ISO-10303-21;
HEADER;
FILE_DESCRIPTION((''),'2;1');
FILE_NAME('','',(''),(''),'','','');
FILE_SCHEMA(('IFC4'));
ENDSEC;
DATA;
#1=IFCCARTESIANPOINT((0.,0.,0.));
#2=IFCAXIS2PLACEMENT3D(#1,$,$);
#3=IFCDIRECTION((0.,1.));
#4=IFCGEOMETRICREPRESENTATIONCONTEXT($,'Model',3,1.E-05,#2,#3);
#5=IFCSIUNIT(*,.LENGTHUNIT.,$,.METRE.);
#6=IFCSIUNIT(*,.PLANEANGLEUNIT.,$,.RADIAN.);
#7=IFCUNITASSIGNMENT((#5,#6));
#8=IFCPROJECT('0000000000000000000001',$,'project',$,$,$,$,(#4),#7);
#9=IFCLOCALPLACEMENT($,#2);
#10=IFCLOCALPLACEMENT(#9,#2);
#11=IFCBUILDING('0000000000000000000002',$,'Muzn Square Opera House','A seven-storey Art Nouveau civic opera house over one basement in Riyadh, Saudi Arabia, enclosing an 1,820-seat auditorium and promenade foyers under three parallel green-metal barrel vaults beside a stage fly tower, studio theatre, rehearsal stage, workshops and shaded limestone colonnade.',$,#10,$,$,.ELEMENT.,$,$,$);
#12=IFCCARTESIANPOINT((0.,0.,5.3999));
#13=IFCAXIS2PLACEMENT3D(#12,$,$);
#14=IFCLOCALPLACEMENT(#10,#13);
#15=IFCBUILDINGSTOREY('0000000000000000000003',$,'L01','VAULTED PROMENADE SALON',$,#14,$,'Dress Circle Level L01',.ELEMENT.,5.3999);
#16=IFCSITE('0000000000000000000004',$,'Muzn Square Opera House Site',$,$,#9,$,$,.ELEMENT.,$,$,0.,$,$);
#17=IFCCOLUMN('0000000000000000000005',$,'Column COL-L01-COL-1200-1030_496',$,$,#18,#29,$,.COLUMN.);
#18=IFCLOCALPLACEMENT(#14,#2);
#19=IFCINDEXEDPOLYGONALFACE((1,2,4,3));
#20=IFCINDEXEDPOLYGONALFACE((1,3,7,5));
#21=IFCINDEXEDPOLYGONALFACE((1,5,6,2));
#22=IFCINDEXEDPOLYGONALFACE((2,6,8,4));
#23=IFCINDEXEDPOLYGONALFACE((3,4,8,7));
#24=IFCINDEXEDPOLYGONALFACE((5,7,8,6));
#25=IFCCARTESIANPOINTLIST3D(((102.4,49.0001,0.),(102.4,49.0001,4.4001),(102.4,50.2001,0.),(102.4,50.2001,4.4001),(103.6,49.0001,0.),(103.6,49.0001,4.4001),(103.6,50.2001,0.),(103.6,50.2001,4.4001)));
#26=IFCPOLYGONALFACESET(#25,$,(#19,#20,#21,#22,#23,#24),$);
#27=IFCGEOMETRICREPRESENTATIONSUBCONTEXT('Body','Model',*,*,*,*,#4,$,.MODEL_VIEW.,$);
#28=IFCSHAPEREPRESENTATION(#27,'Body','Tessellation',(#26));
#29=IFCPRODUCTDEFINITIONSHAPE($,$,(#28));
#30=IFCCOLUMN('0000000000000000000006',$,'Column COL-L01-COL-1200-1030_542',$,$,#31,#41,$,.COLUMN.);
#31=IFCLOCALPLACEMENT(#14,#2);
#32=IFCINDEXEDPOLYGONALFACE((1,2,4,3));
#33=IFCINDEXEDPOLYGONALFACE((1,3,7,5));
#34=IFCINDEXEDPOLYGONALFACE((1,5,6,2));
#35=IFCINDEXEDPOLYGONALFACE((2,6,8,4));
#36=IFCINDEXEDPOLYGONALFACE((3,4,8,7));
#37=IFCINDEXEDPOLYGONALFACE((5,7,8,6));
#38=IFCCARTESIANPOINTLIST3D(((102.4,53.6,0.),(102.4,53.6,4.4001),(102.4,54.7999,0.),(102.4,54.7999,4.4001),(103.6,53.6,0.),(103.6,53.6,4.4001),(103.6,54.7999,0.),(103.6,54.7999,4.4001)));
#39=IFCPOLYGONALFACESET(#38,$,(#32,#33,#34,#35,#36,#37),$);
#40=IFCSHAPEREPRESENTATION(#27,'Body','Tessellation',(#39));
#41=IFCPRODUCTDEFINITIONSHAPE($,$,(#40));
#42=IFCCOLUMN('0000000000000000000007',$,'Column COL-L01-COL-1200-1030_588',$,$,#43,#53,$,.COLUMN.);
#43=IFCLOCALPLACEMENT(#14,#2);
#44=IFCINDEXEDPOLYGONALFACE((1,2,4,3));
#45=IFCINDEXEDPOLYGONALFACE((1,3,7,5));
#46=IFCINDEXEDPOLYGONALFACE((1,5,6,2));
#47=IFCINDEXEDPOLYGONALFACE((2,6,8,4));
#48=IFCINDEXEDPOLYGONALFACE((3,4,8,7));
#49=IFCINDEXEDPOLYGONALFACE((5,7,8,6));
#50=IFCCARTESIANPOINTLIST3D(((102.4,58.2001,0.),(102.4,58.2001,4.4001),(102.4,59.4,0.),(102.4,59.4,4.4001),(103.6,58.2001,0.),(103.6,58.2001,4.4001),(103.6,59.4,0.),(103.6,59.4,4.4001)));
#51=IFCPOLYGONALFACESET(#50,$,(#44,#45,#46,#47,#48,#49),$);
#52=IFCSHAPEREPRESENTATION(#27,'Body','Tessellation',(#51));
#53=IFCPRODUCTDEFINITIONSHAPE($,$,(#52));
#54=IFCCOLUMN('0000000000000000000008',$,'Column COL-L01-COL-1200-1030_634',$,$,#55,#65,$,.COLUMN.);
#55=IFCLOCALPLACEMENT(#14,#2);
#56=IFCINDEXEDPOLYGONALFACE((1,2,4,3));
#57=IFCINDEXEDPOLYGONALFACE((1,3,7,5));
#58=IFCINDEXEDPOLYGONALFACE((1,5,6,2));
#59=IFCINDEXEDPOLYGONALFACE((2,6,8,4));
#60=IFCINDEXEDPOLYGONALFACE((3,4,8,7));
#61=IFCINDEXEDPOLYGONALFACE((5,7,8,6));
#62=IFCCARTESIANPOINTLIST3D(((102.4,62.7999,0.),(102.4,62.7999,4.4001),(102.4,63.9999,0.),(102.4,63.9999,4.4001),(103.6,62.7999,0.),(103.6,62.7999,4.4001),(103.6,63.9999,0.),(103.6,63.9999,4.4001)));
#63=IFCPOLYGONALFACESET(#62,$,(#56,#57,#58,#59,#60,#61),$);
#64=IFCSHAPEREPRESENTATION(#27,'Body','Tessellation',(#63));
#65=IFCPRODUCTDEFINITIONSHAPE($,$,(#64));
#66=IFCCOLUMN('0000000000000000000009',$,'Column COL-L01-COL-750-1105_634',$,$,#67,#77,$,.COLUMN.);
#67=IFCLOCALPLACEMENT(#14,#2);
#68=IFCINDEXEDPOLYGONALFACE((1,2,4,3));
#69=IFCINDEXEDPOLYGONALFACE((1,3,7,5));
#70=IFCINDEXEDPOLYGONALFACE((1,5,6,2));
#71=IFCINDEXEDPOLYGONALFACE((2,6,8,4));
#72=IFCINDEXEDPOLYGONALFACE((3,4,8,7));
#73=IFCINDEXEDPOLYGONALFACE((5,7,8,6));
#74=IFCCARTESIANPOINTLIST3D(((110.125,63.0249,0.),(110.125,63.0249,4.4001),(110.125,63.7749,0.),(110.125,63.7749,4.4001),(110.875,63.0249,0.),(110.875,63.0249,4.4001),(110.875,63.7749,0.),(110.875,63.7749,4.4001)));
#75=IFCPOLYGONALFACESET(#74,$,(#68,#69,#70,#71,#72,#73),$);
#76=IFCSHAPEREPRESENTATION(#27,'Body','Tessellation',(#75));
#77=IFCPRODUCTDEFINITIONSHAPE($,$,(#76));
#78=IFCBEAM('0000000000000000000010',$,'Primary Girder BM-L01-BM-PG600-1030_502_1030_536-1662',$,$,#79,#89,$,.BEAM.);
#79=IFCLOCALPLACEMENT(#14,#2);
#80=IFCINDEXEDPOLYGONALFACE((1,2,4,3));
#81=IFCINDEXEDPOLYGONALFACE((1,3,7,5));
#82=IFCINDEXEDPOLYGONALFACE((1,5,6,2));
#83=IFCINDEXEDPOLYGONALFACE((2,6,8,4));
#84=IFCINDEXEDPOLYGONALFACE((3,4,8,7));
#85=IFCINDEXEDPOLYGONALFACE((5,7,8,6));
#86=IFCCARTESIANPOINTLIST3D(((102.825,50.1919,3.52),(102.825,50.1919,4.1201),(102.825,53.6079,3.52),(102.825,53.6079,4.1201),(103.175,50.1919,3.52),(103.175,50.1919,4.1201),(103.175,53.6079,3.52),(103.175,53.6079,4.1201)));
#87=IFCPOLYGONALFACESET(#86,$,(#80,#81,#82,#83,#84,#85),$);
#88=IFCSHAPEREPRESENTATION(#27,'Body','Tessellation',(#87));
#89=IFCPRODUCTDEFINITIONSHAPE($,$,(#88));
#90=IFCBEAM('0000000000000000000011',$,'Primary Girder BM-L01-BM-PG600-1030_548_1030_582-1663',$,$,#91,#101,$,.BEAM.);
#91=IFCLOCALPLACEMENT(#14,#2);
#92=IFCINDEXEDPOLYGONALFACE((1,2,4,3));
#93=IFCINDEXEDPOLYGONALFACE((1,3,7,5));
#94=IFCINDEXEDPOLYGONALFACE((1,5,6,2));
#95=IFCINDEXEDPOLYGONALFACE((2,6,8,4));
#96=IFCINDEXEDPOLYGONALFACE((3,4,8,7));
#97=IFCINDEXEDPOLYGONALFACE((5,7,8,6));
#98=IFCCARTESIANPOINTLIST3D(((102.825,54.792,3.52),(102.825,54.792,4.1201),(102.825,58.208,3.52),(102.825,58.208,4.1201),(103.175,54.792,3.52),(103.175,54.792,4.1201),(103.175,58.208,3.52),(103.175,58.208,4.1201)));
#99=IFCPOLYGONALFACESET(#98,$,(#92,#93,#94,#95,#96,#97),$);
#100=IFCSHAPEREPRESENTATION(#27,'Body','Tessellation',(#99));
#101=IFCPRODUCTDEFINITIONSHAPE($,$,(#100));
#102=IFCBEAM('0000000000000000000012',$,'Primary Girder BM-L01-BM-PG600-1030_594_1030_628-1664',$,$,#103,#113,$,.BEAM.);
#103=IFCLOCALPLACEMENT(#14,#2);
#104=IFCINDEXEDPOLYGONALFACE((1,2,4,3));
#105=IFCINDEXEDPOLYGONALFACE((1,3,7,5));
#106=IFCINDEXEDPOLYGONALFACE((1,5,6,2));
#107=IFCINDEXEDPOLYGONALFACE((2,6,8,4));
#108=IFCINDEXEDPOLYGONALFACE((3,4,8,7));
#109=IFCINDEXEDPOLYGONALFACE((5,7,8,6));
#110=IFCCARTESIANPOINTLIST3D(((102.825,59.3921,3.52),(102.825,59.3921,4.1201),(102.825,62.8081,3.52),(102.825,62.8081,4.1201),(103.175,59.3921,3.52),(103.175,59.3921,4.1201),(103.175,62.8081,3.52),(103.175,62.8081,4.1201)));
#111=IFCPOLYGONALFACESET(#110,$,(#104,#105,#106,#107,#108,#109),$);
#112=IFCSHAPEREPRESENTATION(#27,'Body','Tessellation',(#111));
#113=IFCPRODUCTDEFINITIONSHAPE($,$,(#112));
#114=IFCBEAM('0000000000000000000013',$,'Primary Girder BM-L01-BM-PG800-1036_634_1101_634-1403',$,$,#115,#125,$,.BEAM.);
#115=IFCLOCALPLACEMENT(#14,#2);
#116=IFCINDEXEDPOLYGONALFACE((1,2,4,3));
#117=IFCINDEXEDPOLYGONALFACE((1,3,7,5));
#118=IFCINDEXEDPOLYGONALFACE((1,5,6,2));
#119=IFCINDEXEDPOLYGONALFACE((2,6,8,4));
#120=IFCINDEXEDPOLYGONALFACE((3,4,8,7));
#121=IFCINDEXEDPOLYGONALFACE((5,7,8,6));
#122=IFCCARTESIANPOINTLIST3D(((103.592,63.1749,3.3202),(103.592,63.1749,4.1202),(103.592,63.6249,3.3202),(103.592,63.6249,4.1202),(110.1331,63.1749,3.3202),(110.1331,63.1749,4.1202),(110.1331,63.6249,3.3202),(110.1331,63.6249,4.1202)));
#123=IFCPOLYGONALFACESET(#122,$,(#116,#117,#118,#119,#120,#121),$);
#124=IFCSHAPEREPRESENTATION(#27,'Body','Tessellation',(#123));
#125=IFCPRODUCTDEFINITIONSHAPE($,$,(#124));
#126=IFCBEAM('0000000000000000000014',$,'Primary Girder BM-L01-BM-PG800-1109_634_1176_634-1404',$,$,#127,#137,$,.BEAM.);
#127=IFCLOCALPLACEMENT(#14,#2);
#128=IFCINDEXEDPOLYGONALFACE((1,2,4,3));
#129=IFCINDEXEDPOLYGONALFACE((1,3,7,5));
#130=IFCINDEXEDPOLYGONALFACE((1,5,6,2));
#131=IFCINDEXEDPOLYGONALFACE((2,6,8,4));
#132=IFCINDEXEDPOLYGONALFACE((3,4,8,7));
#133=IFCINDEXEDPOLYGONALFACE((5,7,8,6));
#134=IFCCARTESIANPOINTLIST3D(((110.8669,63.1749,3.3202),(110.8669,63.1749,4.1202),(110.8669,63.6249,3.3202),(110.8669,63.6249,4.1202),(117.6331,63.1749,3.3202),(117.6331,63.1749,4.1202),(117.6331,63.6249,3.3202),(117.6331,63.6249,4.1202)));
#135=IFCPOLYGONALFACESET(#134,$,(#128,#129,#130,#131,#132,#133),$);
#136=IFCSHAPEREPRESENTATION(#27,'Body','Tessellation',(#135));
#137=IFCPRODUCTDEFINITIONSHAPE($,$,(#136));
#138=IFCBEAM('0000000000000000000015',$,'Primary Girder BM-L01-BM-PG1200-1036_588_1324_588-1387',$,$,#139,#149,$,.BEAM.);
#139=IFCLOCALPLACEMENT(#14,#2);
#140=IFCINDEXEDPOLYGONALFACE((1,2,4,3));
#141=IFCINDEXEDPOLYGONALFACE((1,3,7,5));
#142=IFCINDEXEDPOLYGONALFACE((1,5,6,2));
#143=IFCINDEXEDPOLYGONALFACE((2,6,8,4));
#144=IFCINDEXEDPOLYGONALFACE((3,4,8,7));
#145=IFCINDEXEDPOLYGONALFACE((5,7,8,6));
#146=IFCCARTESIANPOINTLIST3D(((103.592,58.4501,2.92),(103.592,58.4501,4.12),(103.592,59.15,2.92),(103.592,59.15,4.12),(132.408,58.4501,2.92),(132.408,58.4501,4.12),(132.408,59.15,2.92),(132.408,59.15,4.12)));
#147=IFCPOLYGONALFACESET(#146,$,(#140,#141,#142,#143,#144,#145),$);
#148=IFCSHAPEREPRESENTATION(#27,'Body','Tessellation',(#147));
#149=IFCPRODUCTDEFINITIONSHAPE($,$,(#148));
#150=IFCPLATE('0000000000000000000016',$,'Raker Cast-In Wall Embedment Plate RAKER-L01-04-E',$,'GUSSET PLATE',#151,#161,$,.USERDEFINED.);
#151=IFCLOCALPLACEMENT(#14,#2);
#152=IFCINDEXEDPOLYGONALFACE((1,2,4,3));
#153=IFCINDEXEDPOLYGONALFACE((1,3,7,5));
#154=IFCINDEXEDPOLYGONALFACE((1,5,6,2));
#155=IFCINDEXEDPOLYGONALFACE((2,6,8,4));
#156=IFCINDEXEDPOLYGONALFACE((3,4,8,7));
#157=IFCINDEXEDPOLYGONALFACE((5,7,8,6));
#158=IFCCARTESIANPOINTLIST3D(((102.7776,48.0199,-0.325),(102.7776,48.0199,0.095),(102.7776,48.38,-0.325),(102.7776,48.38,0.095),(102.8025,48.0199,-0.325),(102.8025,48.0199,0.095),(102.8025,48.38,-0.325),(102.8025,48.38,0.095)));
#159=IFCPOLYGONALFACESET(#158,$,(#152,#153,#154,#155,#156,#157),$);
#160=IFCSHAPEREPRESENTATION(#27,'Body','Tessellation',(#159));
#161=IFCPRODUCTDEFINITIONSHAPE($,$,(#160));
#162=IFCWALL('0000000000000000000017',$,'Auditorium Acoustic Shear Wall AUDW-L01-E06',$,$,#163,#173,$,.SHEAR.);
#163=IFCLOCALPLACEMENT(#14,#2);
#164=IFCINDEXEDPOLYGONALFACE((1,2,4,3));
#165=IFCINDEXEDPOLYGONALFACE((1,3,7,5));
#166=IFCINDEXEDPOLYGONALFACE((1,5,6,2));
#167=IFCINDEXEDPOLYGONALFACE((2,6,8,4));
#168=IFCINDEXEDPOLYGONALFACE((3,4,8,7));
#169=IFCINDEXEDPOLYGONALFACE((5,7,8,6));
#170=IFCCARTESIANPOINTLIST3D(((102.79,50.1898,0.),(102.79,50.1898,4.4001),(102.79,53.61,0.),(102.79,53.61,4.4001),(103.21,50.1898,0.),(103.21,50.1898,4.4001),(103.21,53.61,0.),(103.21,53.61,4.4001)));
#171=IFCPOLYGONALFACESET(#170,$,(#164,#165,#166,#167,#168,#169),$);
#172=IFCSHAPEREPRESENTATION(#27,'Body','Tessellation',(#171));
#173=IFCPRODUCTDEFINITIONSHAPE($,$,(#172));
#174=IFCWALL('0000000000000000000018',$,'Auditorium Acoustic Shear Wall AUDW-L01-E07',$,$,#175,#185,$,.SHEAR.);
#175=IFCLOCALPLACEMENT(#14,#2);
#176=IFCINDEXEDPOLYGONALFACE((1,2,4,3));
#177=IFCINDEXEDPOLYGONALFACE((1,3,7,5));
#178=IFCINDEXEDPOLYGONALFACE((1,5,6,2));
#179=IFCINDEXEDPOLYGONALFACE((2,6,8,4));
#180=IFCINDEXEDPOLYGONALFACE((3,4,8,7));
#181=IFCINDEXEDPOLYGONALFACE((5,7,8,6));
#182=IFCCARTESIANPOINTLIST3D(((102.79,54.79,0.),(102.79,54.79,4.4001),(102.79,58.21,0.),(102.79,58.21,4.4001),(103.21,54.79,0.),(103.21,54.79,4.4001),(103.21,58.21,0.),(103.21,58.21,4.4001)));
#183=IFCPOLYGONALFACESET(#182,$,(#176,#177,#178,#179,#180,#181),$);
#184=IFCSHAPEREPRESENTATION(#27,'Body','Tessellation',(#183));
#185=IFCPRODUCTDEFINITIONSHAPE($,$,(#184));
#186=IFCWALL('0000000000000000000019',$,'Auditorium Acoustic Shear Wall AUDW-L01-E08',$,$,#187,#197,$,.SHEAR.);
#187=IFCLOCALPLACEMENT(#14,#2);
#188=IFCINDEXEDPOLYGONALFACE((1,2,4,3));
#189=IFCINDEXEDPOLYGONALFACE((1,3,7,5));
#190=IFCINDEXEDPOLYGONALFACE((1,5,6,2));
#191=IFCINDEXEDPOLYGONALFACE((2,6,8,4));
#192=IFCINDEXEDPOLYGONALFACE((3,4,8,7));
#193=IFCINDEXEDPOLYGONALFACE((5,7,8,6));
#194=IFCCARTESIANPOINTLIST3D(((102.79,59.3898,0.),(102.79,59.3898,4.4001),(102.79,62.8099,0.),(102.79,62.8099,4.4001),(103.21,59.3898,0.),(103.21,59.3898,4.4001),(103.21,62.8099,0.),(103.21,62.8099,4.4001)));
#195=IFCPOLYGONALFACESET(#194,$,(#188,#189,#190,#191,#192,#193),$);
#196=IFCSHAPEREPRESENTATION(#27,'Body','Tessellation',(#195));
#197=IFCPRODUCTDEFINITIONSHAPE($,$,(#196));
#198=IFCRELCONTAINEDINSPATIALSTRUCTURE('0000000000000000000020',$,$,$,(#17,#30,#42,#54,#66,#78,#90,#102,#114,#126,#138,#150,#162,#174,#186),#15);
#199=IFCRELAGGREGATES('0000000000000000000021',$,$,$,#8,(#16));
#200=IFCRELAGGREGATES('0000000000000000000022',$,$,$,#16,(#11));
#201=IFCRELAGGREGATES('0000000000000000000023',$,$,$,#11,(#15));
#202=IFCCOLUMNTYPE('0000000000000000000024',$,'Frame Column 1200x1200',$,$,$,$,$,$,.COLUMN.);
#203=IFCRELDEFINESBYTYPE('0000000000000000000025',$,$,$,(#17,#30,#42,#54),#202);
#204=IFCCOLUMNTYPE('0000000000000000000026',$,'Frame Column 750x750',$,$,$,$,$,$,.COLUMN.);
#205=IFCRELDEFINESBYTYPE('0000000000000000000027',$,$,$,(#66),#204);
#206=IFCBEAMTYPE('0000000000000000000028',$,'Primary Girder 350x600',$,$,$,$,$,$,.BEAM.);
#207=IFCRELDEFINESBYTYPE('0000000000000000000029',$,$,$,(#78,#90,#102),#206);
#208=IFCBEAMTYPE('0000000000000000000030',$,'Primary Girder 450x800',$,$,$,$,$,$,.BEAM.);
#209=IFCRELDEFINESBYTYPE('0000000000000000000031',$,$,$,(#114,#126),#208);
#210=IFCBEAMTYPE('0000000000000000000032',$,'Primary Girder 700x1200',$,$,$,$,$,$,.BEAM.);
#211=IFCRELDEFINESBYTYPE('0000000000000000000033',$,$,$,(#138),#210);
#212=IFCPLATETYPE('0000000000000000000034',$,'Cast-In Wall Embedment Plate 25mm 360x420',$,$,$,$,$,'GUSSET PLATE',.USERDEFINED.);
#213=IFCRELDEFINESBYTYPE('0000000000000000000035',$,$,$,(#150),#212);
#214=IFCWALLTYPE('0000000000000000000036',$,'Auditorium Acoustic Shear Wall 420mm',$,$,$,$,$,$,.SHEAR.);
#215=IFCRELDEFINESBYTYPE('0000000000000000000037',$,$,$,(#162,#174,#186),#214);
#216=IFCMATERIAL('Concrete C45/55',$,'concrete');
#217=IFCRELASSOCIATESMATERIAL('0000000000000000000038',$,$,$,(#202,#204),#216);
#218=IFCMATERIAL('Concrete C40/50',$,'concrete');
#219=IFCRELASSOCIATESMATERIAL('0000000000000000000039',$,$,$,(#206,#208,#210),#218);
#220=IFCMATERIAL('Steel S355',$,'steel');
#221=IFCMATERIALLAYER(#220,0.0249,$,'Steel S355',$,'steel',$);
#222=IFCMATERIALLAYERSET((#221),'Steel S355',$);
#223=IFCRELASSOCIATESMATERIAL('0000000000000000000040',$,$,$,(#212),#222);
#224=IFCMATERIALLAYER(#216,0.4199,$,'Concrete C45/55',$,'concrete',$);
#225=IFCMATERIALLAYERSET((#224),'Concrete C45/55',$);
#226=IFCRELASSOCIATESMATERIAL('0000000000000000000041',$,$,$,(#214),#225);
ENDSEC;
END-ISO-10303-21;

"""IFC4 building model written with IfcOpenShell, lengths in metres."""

from ifc_helpers import new_model, si_unit, direction, frame, frame_2d, origin, origin_2d, place, context, subcontext, project, spatial, rectangle, extrude, material, layer, layer_set, material_profile, profile_set, type_object, element, save


model = new_model("IFC4")

# Units and contexts
model_context = context("Model", 3, precision=1e-05, world=origin(), true_north=direction((0.0, 1.0)))
body_context = subcontext(model_context, "Body", "Model", "MODEL_VIEW")
ifc_project = project(units=[si_unit("LENGTHUNIT", "METRE"), si_unit("PLANEANGLEUNIT", "RADIAN")], contexts=[model_context])

# Site, building, storey
site_placement = place(None, origin())
site = spatial("IfcSite", under=ifc_project, at=site_placement, Name="Muzn Square Opera House Site", CompositionType="ELEMENT", RefElevation=0.0)
building_placement = place(site_placement, origin())
building = spatial("IfcBuilding", under=site, at=building_placement, Name="Muzn Square Opera House", Description="A seven-storey Art Nouveau civic opera house over one basement in Riyadh, Saudi Arabia, enclosing an 1,820-seat auditorium and promenade foyers under three parallel green-metal barrel vaults beside a stage fly tower, studio theatre, rehearsal stage, workshops and shaded limestone colonnade.", CompositionType="ELEMENT")
storey_placement = place(building_placement, frame((0.0, 0.0, 5.3999)))
storey = spatial("IfcBuildingStorey", under=building, at=storey_placement, Name="L01", Description="VAULTED PROMENADE SALON", LongName="Dress Circle Level L01", CompositionType="ELEMENT", Elevation=5.3999)

# Columns
ifc_material_1 = material(Name="Concrete C45/55", Category="concrete")
ifc_material_profile_1 = material_profile(ifc_material_1, rectangle(XDim=1.2, YDim=1.2, at=origin_2d()), Name="RC 1200x1200", Category="concrete")
ifc_profile_set_1 = profile_set([ifc_material_profile_1], Name="Concrete C45/55")
column_type_1 = type_object("IfcColumnType", Name="Frame Column 1200x1200", PredefinedType="COLUMN", material=ifc_profile_set_1)
for number, where, z_axis, x_axis, name in (
    (1, (103.0, 49.6001, 0.0), (0.0, 0.0, 1.0), (1.0, 0.0, 0.0), "Column COL-L01-COL-1200-1030_496"),
    (2, (103.0, 54.2, 0.0), (0.0, 0.0, 1.0), (1.0, 0.0, 0.0), "Column COL-L01-COL-1200-1030_542"),
    (3, (103.0, 58.8, 0.0), (0.0, 0.0, 1.0), (1.0, 0.0, 0.0), "Column COL-L01-COL-1200-1030_588"),
    (4, (103.0, 63.3999, 0.0), (0.0, 0.0, 1.0), (1.0, 0.0, 0.0), "Column COL-L01-COL-1200-1030_634"),
):
    element("IfcColumn", number, at=place(storey_placement, frame(where, z_axis=z_axis, x_axis=x_axis)), inside=storey, type_object=column_type_1, Name=name, PredefinedType="COLUMN", context=body_context, shape_type="SweptSolid", body=[
        extrude(rectangle(XDim=1.2, YDim=1.2, at=origin_2d()), origin(), (0.0, 0.0, 1.0), 4.4001),
    ])
ifc_material_profile_2 = material_profile(ifc_material_1, rectangle(XDim=0.75, YDim=0.75, at=origin_2d()), Name="RC 750x750", Category="concrete")
ifc_profile_set_2 = profile_set([ifc_material_profile_2], Name="Concrete C45/55")
column_type_2 = type_object("IfcColumnType", Name="Frame Column 750x750", PredefinedType="COLUMN", material=ifc_profile_set_2)
column_placement = place(storey_placement, frame((110.5, 63.3999, 0.0), z_axis=(0.0, 0.0, 1.0), x_axis=(1.0, 0.0, 0.0)))
element("IfcColumn", 5, at=column_placement, inside=storey, type_object=column_type_2, Name="Column COL-L01-COL-750-1105_634", PredefinedType="COLUMN", context=body_context, shape_type="SweptSolid", body=[
    extrude(rectangle(XDim=0.75, YDim=0.75, at=origin_2d()), origin(), (0.0, 0.0, 1.0), 4.4001),
])

# Beams
ifc_material_2 = material(Name="Concrete C40/50", Category="concrete")
ifc_material_profile_3 = material_profile(ifc_material_2, rectangle(XDim=0.3501, YDim=0.6001, at=origin_2d()), Name="RCB 350x600", Category="concrete")
ifc_profile_set_3 = profile_set([ifc_material_profile_3], Name="Concrete C40/50")
beam_type_1 = type_object("IfcBeamType", Name="Primary Girder 350x600", PredefinedType="BEAM", material=ifc_profile_set_3)
for number, where, z_axis, x_axis, name in (
    (6, (103.0, 50.1919, 3.8201), (0.0, 1.0, 0.0), (-1.0, 0.0, 0.0), "Primary Girder BM-L01-BM-PG600-1030_502_1030_536-1662"),
    (7, (103.0, 54.792, 3.8201), (0.0, 1.0, 0.0), (-1.0, 0.0, 0.0), "Primary Girder BM-L01-BM-PG600-1030_548_1030_582-1663"),
    (8, (103.0, 59.3921, 3.8201), (0.0, 1.0, 0.0), (-1.0, 0.0, 0.0), "Primary Girder BM-L01-BM-PG600-1030_594_1030_628-1664"),
):
    element("IfcBeam", number, at=place(storey_placement, frame(where, z_axis=z_axis, x_axis=x_axis)), inside=storey, type_object=beam_type_1, Name=name, PredefinedType="BEAM", context=body_context, shape_type="SweptSolid", body=[
        extrude(rectangle(XDim=0.3501, YDim=0.6001, at=origin_2d()), origin(), (0.0, 0.0, 1.0), 3.416),
    ])
ifc_material_profile_4 = material_profile(ifc_material_2, rectangle(XDim=0.45, YDim=0.8, at=origin_2d()), Name="RCB 450x800", Category="concrete")
ifc_profile_set_4 = profile_set([ifc_material_profile_4], Name="Concrete C40/50")
beam_type_2 = type_object("IfcBeamType", Name="Primary Girder 450x800", PredefinedType="BEAM", material=ifc_profile_set_4)
beam_1_placement = place(storey_placement, frame((103.592, 63.3999, 3.7202), z_axis=(1.0, 0.0, 0.0), x_axis=(0.0, 1.0, 0.0)))
element("IfcBeam", 9, at=beam_1_placement, inside=storey, type_object=beam_type_2, Name="Primary Girder BM-L01-BM-PG800-1036_634_1101_634-1403", PredefinedType="BEAM", context=body_context, shape_type="SweptSolid", body=[
    extrude(rectangle(XDim=0.45, YDim=0.8, at=origin_2d()), origin(), (0.0, 0.0, 1.0), 6.541),
])
beam_2_placement = place(storey_placement, frame((110.8669, 63.3999, 3.7202), z_axis=(1.0, 0.0, 0.0), x_axis=(0.0, 1.0, 0.0)))
element("IfcBeam", 10, at=beam_2_placement, inside=storey, type_object=beam_type_2, Name="Primary Girder BM-L01-BM-PG800-1109_634_1176_634-1404", PredefinedType="BEAM", context=body_context, shape_type="SweptSolid", body=[
    extrude(rectangle(XDim=0.45, YDim=0.8, at=origin_2d()), origin(), (0.0, 0.0, 1.0), 6.7661),
])
ifc_material_profile_5 = material_profile(ifc_material_2, rectangle(XDim=0.7, YDim=1.2, at=origin_2d()), Name="RCB 700x1200", Category="concrete")
ifc_profile_set_5 = profile_set([ifc_material_profile_5], Name="Concrete C40/50")
beam_type_3 = type_object("IfcBeamType", Name="Primary Girder 700x1200", PredefinedType="BEAM", material=ifc_profile_set_5)
beam_3_placement = place(storey_placement, frame((103.592, 58.8, 3.52), z_axis=(1.0, 0.0, 0.0), x_axis=(0.0, 1.0, 0.0)))
element("IfcBeam", 11, at=beam_3_placement, inside=storey, type_object=beam_type_3, Name="Primary Girder BM-L01-BM-PG1200-1036_588_1324_588-1387", PredefinedType="BEAM", context=body_context, shape_type="SweptSolid", body=[
    extrude(rectangle(XDim=0.7, YDim=1.2, at=origin_2d()), origin(), (0.0, 0.0, 1.0), 28.8159),
])

# Plate
ifc_material_3 = material(Name="Steel S355", Category="steel")
ifc_layer_1 = layer(ifc_material_3, 0.0249, Name="Steel S355", Category="steel")
ifc_layer_set_1 = layer_set([ifc_layer_1], Name="Steel S355")
plate_type = type_object("IfcPlateType", Name="Cast-In Wall Embedment Plate 25mm 360x420", ElementType="GUSSET PLATE", PredefinedType="USERDEFINED", material=ifc_layer_set_1)
plate_placement = place(storey_placement, frame((102.79, 48.2, -0.325), z_axis=(0.0, 0.0, 1.0), x_axis=(1.0, 0.0, 0.0)))
element("IfcPlate", 12, at=plate_placement, inside=storey, type_object=plate_type, Name="Raker Cast-In Wall Embedment Plate RAKER-L01-04-E", ObjectType="GUSSET PLATE", PredefinedType="USERDEFINED", context=body_context, shape_type="SweptSolid", body=[
    extrude(rectangle(XDim=0.0249, YDim=0.3601, at=origin_2d()), origin(), (0.0, 0.0, 1.0), 0.4199),
])

# Walls
ifc_layer_2 = layer(ifc_material_1, 0.4199, Name="Concrete C45/55", Category="concrete")
ifc_layer_set_2 = layer_set([ifc_layer_2], Name="Concrete C45/55")
wall_type = type_object("IfcWallType", Name="Auditorium Acoustic Shear Wall 420mm", PredefinedType="SHEAR", material=ifc_layer_set_2)
wall_1_placement = place(storey_placement, frame((103.0, 50.1899, 0.0), z_axis=(0.0, 0.0, 1.0), x_axis=(0.0, 1.0, 0.0)))
element("IfcWall", 13, at=wall_1_placement, inside=storey, type_object=wall_type, Name="Auditorium Acoustic Shear Wall AUDW-L01-E06", PredefinedType="SHEAR", context=body_context, shape_type="SweptSolid", body=[
    extrude(rectangle(XDim=3.4202, YDim=0.4199, at=frame_2d((1.71, 0.0))), origin(), (0.0, 0.0, 1.0), 4.4001),
])
wall_2_placement = place(storey_placement, frame((103.0, 54.79, 0.0), z_axis=(0.0, 0.0, 1.0), x_axis=(0.0, 1.0, 0.0)))
element("IfcWall", 14, at=wall_2_placement, inside=storey, type_object=wall_type, Name="Auditorium Acoustic Shear Wall AUDW-L01-E07", PredefinedType="SHEAR", context=body_context, shape_type="SweptSolid", body=[
    extrude(rectangle(XDim=3.4199, YDim=0.4199, at=frame_2d((1.71, 0.0))), origin(), (0.0, 0.0, 1.0), 4.4001),
])
wall_3_placement = place(storey_placement, frame((103.0, 59.3899, 0.0), z_axis=(0.0, 0.0, 1.0), x_axis=(0.0, 1.0, 0.0)))
element("IfcWall", 15, at=wall_3_placement, inside=storey, type_object=wall_type, Name="Auditorium Acoustic Shear Wall AUDW-L01-E08", PredefinedType="SHEAR", context=body_context, shape_type="SweptSolid", body=[
    extrude(rectangle(XDim=3.4202, YDim=0.4199, at=frame_2d((1.71, 0.0))), origin(), (0.0, 0.0, 1.0), 4.4001),
])

save(model, "model.ifc")
